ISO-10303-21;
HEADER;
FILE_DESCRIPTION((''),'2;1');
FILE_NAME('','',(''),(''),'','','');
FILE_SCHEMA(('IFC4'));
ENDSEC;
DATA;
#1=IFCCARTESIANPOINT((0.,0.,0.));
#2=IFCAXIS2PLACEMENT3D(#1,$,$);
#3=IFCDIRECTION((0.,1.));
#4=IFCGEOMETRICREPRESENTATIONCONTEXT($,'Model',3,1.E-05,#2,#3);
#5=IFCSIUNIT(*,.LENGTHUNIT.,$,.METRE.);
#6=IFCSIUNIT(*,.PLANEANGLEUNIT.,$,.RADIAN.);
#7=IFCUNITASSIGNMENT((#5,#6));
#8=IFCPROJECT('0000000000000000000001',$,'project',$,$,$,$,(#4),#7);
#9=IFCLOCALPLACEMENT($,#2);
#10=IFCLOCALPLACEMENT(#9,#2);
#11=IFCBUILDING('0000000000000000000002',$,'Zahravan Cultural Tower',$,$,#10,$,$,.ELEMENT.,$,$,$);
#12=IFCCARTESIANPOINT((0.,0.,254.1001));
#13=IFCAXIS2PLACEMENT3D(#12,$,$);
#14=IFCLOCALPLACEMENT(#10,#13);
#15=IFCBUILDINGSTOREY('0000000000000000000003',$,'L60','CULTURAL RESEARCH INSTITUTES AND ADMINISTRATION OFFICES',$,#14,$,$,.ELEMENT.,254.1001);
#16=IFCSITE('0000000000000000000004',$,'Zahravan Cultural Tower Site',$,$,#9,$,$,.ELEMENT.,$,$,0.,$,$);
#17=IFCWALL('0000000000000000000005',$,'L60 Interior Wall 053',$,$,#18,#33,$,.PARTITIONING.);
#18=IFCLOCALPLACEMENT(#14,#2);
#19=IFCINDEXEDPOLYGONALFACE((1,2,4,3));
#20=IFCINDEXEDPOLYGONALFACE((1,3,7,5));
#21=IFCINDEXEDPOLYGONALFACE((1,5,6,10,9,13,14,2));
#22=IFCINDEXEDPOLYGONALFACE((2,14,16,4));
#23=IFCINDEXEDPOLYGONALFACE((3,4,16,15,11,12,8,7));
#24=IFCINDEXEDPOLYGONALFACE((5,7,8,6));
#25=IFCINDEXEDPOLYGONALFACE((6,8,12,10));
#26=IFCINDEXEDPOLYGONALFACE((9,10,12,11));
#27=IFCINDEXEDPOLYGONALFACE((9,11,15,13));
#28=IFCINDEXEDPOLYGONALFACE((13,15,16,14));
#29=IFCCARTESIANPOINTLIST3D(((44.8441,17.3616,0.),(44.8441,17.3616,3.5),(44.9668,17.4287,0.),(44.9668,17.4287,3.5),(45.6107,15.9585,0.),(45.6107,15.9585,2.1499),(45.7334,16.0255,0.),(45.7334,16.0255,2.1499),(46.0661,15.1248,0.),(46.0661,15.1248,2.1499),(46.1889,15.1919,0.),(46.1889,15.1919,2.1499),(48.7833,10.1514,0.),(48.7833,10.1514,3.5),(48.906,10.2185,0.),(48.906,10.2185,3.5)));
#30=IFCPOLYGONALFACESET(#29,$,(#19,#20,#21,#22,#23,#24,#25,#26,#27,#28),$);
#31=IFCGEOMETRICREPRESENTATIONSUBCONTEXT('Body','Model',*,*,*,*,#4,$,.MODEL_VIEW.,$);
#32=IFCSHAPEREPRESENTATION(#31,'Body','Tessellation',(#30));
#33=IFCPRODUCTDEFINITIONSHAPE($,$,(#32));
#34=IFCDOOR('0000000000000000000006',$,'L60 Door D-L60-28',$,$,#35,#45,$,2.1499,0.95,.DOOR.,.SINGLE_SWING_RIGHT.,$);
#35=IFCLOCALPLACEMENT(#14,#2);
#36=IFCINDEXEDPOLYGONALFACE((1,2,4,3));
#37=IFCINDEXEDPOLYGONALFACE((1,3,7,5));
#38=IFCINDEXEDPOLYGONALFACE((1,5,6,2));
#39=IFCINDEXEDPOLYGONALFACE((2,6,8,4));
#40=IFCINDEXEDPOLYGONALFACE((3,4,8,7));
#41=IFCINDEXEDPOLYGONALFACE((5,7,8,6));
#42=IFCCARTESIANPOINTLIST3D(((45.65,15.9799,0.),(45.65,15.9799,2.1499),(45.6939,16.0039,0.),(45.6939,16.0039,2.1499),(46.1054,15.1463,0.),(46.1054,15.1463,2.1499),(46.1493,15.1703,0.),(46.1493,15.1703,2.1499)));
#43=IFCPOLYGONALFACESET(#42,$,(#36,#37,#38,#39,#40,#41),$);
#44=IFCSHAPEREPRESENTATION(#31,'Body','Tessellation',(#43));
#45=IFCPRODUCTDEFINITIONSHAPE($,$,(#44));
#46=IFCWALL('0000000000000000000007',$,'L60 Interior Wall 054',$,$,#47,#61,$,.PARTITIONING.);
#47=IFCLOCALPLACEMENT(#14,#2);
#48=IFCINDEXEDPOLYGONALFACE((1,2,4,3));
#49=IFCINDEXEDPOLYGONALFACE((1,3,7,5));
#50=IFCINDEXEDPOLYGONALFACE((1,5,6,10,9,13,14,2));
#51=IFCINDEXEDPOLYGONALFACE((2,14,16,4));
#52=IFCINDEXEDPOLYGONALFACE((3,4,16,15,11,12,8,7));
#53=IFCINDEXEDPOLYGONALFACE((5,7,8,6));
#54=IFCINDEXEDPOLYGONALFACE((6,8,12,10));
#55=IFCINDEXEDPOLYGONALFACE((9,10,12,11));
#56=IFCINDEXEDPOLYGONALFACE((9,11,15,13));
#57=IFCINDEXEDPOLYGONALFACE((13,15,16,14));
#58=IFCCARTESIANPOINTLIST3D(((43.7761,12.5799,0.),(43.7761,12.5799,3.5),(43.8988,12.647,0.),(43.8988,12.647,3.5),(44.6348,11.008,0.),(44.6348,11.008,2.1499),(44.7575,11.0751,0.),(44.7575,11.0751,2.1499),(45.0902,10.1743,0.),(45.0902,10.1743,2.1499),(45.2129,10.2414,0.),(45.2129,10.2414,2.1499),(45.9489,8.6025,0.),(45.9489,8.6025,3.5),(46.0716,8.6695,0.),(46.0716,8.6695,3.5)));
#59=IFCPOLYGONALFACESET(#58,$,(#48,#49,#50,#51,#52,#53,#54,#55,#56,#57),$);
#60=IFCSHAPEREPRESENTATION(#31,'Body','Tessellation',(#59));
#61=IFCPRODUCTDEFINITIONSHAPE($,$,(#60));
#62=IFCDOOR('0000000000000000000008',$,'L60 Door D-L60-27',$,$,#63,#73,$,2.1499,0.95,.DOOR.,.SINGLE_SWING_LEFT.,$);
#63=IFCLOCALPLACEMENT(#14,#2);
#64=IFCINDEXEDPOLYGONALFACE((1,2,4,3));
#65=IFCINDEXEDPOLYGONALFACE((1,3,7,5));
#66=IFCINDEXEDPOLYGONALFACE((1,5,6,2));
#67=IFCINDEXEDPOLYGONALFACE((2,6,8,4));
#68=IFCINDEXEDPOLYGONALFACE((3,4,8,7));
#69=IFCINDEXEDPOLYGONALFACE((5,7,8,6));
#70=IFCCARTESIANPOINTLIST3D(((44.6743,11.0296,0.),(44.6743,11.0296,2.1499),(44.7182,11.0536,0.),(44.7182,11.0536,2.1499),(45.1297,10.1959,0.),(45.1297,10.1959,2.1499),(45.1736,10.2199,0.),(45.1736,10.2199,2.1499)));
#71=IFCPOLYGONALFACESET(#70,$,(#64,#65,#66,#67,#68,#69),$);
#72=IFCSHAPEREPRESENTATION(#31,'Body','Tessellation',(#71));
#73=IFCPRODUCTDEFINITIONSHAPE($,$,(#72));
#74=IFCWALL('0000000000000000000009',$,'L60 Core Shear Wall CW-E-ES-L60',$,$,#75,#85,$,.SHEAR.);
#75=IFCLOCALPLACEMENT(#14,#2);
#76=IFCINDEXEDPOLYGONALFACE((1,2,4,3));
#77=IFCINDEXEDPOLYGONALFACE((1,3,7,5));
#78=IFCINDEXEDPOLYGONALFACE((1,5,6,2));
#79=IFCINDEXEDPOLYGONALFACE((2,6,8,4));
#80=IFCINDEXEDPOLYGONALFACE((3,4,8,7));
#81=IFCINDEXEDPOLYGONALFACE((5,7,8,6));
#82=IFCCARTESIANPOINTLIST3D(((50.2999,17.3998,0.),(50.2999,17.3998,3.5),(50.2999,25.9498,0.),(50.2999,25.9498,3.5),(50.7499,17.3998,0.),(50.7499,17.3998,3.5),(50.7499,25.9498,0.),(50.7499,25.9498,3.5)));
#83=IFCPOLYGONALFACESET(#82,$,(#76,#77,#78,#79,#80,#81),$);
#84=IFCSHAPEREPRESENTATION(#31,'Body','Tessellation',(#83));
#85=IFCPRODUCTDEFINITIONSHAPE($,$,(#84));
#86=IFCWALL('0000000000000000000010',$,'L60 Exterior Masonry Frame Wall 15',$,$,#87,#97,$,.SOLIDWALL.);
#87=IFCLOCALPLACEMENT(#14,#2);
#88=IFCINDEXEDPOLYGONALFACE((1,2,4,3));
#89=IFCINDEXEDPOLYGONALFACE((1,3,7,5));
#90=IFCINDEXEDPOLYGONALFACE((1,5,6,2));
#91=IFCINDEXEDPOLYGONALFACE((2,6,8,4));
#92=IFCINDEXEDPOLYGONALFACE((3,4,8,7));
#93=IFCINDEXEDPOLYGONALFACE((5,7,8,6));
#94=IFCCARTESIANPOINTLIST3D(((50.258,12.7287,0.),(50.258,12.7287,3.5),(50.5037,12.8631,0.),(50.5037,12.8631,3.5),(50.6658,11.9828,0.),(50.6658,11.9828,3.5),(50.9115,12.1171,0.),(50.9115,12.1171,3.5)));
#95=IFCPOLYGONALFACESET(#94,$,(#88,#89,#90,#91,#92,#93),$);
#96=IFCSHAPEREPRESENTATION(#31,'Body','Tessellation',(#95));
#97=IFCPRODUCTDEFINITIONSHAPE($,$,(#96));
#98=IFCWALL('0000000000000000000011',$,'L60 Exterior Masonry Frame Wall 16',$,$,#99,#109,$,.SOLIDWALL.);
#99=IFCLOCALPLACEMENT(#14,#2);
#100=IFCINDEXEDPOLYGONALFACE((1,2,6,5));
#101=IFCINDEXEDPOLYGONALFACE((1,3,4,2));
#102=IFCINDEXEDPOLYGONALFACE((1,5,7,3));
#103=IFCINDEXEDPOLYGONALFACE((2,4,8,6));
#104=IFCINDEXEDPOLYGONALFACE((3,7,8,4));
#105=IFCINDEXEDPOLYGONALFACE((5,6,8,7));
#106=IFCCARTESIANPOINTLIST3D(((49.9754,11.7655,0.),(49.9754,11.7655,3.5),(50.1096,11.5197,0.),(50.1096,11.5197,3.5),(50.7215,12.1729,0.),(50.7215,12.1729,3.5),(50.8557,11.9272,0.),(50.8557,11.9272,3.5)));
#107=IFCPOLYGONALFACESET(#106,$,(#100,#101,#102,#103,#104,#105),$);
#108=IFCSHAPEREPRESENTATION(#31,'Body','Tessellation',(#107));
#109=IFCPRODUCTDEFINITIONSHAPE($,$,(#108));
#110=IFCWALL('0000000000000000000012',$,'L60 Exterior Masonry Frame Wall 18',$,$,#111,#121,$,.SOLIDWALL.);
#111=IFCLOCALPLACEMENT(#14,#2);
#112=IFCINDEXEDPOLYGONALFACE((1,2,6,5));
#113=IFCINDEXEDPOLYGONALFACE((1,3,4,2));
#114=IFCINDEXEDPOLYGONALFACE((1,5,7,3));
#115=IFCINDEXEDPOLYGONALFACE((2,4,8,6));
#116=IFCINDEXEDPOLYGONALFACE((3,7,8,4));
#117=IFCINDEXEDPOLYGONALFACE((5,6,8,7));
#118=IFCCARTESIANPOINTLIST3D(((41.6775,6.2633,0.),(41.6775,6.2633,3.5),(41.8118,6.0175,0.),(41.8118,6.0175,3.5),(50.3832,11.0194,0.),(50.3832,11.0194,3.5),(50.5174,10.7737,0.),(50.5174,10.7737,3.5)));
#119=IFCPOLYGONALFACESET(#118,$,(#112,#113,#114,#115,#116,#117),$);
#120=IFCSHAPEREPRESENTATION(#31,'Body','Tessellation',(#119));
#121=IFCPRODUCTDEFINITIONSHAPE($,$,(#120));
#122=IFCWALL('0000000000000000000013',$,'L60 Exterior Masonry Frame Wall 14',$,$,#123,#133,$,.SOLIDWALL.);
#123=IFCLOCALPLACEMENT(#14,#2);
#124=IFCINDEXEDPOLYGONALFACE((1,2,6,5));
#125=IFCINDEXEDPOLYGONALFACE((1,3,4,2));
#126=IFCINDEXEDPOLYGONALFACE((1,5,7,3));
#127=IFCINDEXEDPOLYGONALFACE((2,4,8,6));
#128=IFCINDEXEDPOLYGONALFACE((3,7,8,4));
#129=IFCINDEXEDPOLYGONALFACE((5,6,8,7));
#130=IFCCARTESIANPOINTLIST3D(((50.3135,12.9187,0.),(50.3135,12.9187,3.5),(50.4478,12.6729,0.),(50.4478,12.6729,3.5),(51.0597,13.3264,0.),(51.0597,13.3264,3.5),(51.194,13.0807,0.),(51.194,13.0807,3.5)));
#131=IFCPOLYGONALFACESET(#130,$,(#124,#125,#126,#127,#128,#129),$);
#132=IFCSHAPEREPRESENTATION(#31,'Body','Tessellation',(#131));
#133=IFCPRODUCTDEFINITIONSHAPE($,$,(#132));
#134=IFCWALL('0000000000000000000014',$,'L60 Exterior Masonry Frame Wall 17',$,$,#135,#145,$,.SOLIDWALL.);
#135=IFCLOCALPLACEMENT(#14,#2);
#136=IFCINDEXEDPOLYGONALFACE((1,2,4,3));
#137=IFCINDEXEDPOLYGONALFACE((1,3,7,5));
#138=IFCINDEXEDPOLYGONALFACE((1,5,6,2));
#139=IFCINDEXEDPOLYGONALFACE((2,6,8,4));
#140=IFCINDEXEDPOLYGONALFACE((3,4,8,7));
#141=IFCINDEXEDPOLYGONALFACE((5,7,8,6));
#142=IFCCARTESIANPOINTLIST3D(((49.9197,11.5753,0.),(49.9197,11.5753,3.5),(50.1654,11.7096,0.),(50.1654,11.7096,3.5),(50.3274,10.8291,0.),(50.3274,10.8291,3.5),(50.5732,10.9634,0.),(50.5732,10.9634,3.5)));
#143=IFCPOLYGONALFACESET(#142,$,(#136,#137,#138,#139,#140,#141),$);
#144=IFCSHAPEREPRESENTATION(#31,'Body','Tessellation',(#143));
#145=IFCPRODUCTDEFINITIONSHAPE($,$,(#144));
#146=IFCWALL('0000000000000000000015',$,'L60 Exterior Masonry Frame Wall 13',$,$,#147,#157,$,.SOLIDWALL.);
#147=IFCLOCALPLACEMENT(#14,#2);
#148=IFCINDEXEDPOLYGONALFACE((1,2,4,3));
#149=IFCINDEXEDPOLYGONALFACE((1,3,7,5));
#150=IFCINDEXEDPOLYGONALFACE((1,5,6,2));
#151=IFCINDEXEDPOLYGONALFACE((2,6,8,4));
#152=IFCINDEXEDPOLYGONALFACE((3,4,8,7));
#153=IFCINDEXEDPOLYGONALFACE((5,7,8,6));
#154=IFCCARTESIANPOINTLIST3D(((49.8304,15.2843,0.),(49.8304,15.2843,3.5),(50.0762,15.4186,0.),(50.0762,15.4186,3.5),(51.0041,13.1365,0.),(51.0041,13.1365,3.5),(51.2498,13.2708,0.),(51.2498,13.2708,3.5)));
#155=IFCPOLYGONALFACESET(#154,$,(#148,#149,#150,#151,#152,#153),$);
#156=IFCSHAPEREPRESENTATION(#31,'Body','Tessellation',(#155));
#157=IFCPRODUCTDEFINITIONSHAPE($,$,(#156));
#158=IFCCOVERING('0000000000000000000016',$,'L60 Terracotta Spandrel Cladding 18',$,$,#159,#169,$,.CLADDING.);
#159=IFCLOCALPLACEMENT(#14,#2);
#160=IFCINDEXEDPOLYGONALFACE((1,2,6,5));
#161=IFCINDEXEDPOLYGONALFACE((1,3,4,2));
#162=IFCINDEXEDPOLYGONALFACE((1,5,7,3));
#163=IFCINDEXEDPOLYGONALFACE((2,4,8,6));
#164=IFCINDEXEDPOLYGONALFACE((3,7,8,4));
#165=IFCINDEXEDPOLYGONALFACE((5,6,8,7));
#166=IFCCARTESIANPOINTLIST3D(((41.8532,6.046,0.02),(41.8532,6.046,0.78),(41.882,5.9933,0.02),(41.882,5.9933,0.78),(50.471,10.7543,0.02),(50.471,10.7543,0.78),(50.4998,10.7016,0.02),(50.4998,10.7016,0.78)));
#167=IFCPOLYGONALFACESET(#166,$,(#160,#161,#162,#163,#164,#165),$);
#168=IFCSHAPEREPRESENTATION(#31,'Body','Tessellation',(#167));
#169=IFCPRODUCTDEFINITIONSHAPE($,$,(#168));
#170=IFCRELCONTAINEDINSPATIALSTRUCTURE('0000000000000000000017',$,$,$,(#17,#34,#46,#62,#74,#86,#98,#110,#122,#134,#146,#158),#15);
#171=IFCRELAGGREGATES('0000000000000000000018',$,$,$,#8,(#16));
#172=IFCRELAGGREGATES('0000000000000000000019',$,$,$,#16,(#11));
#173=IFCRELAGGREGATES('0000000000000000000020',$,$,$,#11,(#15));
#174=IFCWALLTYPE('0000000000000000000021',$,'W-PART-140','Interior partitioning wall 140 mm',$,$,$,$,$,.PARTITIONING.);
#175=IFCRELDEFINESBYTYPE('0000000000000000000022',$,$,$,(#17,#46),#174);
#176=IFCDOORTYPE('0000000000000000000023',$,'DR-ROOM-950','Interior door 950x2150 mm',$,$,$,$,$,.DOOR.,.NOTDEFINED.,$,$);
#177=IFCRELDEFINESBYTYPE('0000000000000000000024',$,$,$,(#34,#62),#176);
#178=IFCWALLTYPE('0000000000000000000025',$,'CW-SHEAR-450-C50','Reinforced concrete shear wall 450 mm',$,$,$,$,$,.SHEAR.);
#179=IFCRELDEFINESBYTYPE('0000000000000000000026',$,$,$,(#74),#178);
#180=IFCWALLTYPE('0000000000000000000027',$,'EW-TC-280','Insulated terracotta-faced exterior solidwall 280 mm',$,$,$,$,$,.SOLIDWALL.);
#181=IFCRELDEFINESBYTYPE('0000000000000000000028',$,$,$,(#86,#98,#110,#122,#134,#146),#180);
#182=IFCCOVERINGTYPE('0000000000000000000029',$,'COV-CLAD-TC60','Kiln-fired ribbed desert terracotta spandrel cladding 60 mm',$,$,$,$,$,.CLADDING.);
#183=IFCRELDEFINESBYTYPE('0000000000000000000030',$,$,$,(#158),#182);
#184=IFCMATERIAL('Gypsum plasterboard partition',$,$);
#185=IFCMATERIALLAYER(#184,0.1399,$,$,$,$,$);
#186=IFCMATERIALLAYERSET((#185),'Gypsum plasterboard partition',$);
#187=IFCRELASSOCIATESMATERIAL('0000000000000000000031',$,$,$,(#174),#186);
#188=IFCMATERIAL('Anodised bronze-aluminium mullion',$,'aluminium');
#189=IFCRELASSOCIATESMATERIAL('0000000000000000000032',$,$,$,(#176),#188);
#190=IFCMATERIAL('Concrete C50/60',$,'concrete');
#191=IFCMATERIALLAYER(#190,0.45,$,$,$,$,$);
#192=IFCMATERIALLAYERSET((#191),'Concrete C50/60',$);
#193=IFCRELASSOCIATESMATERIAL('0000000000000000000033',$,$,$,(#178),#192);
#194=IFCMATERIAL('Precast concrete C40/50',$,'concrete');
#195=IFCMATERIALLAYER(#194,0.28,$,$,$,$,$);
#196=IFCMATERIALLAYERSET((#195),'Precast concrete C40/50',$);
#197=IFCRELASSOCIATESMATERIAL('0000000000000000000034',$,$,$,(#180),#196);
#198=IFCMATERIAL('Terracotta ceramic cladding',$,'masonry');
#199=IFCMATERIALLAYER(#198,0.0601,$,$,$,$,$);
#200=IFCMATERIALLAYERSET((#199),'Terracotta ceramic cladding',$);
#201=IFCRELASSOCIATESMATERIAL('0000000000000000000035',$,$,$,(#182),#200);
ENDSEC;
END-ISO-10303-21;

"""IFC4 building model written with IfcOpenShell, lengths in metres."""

from ifc_helpers import new_model, si_unit, direction, frame, frame_2d, origin, origin_2d, place, context, subcontext, project, spatial, rectangle, extrude, source, transform, mapped, material, layer, layer_set, type_object, element, fill, save


model = new_model("IFC4")

# Units and contexts
model_context = context("Model", 3, precision=1e-05, world=origin(), true_north=direction((0.0, 1.0)))
body_context = subcontext(model_context, "Body", "Model", "MODEL_VIEW")
ifc_project = project(units=[si_unit("LENGTHUNIT", "METRE"), si_unit("PLANEANGLEUNIT", "RADIAN")], contexts=[model_context])

# Site, building, storey
site_placement = place(None, origin())
site = spatial("IfcSite", under=ifc_project, at=site_placement, Name="Zahravan Cultural Tower Site", CompositionType="ELEMENT", RefElevation=0.0)
building_placement = place(site_placement, origin())
building = spatial("IfcBuilding", under=site, at=building_placement, Name="Zahravan Cultural Tower", CompositionType="ELEMENT")
storey_placement = place(building_placement, frame((0.0, 0.0, 254.1001)))
storey = spatial("IfcBuildingStorey", under=building, at=storey_placement, Name="L60", Description="CULTURAL RESEARCH INSTITUTES AND ADMINISTRATION OFFICES", CompositionType="ELEMENT", Elevation=254.1001)

# Walls, openings, doors
ifc_material_1 = material(Name="Gypsum plasterboard partition")
ifc_layer_1 = layer(ifc_material_1, 0.1399)
ifc_layer_set_1 = layer_set([ifc_layer_1], Name="Gypsum plasterboard partition")
wall_type_1 = type_object("IfcWallType", Name="W-PART-140", Description="Interior partitioning wall 140 mm", PredefinedType="PARTITIONING", material=ifc_layer_set_1)
wall_1_placement = place(storey_placement, frame((44.9055, 17.395, 0.0), z_axis=(0.0, 0.0, 1.0), x_axis=(0.47945, -0.877569, 0.0)))
wall_1 = element("IfcWall", 1, at=wall_1_placement, inside=storey, type_object=wall_type_1, Name="L60 Interior Wall 053", PredefinedType="PARTITIONING", context=body_context, shape_type="SweptSolid", body=[
    extrude(rectangle(XDim=8.2161, YDim=0.1399, at=frame_2d((4.1079, 0.0))), origin(), (0.0, 0.0, 1.0), 3.5),
])
opening_1_placement = place(wall_1_placement, frame((1.5986, 0.0, 0.0)))
opening_1 = element("IfcOpeningElement", 2, at=opening_1_placement, cuts=wall_1, PredefinedType="OPENING", context=body_context, shape_type="SweptSolid", body=[
    extrude(rectangle(XDim=0.95, YDim=2.1499, at=frame_2d((0.4751, 1.075))), frame((0.0, 0.0798, 0.0), z_axis=(0.0, -1.0, 0.0), x_axis=(1.0, 0.0, 0.0)), (0.0, 0.0, 1.0), 0.1599),
])
ifc_material_2 = material(Name="Anodised bronze-aluminium mullion", Category="aluminium")
door_type = type_object("IfcDoorType", Name="DR-ROOM-950", Description="Interior door 950x2150 mm", OperationType="NOTDEFINED", PredefinedType="DOOR", material=ifc_material_2)
shared_shape_1 = source(origin(), body_context, "Body", "SweptSolid", [
    extrude(rectangle(XDim=0.95, YDim=2.1499, at=frame_2d((0.4751, 1.075))), frame((0.0, 0.0249, 0.0), z_axis=(0.0, -1.0, 0.0), x_axis=(1.0, 0.0, 0.0)), (0.0, 0.0, 1.0), 0.05),
])
door_1_placement = place(opening_1_placement, origin())
door_1 = element("IfcDoor", 3, at=door_1_placement, inside=storey, type_object=door_type, Name="L60 Door D-L60-28", OperationType="SINGLE_SWING_RIGHT", OverallHeight=2.1499, OverallWidth=0.95, PredefinedType="DOOR", context=body_context, shape_type="MappedRepresentation", body=[
    mapped(shared_shape_1, transform((0.0, 0.0, 0.0), x_axis=(1.0, 0.0, 0.0), y_axis=(0.0, 1.0, 0.0), z_axis=(0.0, 0.0, 1.0), scale=1.0)),
])
fill(opening_1, door_1)
wall_2_placement = place(storey_placement, frame((46.0103, 8.636, 0.0), z_axis=(0.0, 0.0, 1.0), x_axis=(-0.479411, 0.877591, 0.0)))
wall_2 = element("IfcWall", 4, at=wall_2_placement, inside=storey, type_object=wall_type_1, Name="L60 Interior Wall 054", PredefinedType="PARTITIONING", context=body_context, shape_type="SweptSolid", body=[
    extrude(rectangle(XDim=4.5322, YDim=0.1399, at=frame_2d((2.2661, 0.0))), origin(), (0.0, 0.0, 1.0), 3.5),
])
opening_2_placement = place(wall_2_placement, frame((1.791, 0.0, 0.0)))
opening_2 = element("IfcOpeningElement", 5, at=opening_2_placement, cuts=wall_2, PredefinedType="OPENING", context=body_context, shape_type="SweptSolid", body=[
    extrude(rectangle(XDim=0.95, YDim=2.1499, at=frame_2d((0.4751, 1.075))), frame((0.0, 0.0798, 0.0), z_axis=(0.0, -1.0, 0.0), x_axis=(1.0, 0.0, 0.0)), (0.0, 0.0, 1.0), 0.1599),
])
door_2_placement = place(opening_2_placement, origin())
door_2 = element("IfcDoor", 6, at=door_2_placement, inside=storey, type_object=door_type, Name="L60 Door D-L60-27", OperationType="SINGLE_SWING_LEFT", OverallHeight=2.1499, OverallWidth=0.95, PredefinedType="DOOR", context=body_context, shape_type="MappedRepresentation", body=[
    mapped(shared_shape_1, transform((0.0, 0.0, 0.0), x_axis=(1.0, 0.0, 0.0), y_axis=(0.0, 1.0, 0.0), z_axis=(0.0, 0.0, 1.0), scale=1.0)),
])
fill(opening_2, door_2)

# Walls
ifc_material_3 = material(Name="Concrete C50/60", Category="concrete")
ifc_layer_2 = layer(ifc_material_3, 0.45)
ifc_layer_set_2 = layer_set([ifc_layer_2], Name="Concrete C50/60")
wall_type_2 = type_object("IfcWallType", Name="CW-SHEAR-450-C50", Description="Reinforced concrete shear wall 450 mm", PredefinedType="SHEAR", material=ifc_layer_set_2)
shared_shape_2 = source(origin(), body_context, "Body", "SweptSolid", [
    extrude(rectangle(XDim=8.55, YDim=0.45, at=frame_2d((4.2749, 0.0))), origin(), (0.0, 0.0, 1.0), 3.5),
])
wall_3_placement = place(storey_placement, frame((50.5249, 17.3999, 0.0), z_axis=(0.0, 0.0, 1.0), x_axis=(0.0, 1.0, 0.0)))
element("IfcWall", 7, at=wall_3_placement, inside=storey, type_object=wall_type_2, Name="L60 Core Shear Wall CW-E-ES-L60", PredefinedType="SHEAR", context=body_context, shape_type="MappedRepresentation", body=[
    mapped(shared_shape_2, transform((0.0, 0.0, 0.0), x_axis=(1.0, 0.0, 0.0), y_axis=(0.0, 1.0, 0.0), z_axis=(0.0, 0.0, 1.0), scale=1.0)),
])
ifc_material_4 = material(Name="Precast concrete C40/50", Category="concrete")
ifc_layer_3 = layer(ifc_material_4, 0.28)
ifc_layer_set_3 = layer_set([ifc_layer_3], Name="Precast concrete C40/50")
wall_type_3 = type_object("IfcWallType", Name="EW-TC-280", Description="Insulated terracotta-faced exterior solidwall 280 mm", PredefinedType="SOLIDWALL", material=ifc_layer_set_3)
shared_shape_3 = source(origin(), body_context, "Body", "SweptSolid", [
    extrude(rectangle(XDim=0.8501, YDim=0.28, at=frame_2d((0.425, 0.0))), origin(), (0.0, 0.0, 1.0), 3.5),
])
for number, where, z_axis, x_axis, name in (
    (8, (50.3809, 12.7959, 0.0), (0.0, 0.0, 1.0), (0.479657, -0.877456, 0.0), "L60 Exterior Masonry Frame Wall 15"),
    (9, (50.7886, 12.05, 0.0), (0.0, 0.0, 1.0), (-0.877643, -0.479315, 0.0), "L60 Exterior Masonry Frame Wall 16"),
):
    element("IfcWall", number, at=place(storey_placement, frame(where, z_axis=z_axis, x_axis=x_axis)), inside=storey, type_object=wall_type_3, Name=name, PredefinedType="SOLIDWALL", context=body_context, shape_type="MappedRepresentation", body=[
        mapped(shared_shape_3, transform((0.0, 0.0, 0.0), x_axis=(1.0, 0.0, 0.0), y_axis=(0.0, 1.0, 0.0), z_axis=(0.0, 0.0, 1.0), scale=1.0)),
    ])
shared_shape_4 = source(origin(), body_context, "Body", "SweptSolid", [
    extrude(rectangle(XDim=9.9202, YDim=0.28, at=frame_2d((4.96, 0.0))), origin(), (0.0, 0.0, 1.0), 3.5),
])
wall_4_placement = place(storey_placement, frame((50.4502, 10.8965, 0.0), z_axis=(0.0, 0.0, 1.0), x_axis=(-0.877573, -0.479443, 0.0)))
element("IfcWall", 10, at=wall_4_placement, inside=storey, type_object=wall_type_3, Name="L60 Exterior Masonry Frame Wall 18", PredefinedType="SOLIDWALL", context=body_context, shape_type="MappedRepresentation", body=[
    mapped(shared_shape_4, transform((0.0, 0.0, 0.0), x_axis=(1.0, 0.0, 0.0), y_axis=(0.0, 1.0, 0.0), z_axis=(0.0, 0.0, 1.0), scale=1.0)),
])
shared_shape_5 = source(origin(), body_context, "Body", "SweptSolid", [
    extrude(rectangle(XDim=0.8503, YDim=0.28, at=frame_2d((0.4253, 0.0))), origin(), (0.0, 0.0, 1.0), 3.5),
])
for number, where, z_axis, x_axis, name in (
    (11, (51.127, 13.2036, 0.0), (0.0, 0.0, 1.0), (-0.877522, -0.479536, 0.0), "L60 Exterior Masonry Frame Wall 14"),
    (12, (50.0425, 11.6426, 0.0), (0.0, 0.0, 1.0), (0.479536, -0.877522, 0.0), "L60 Exterior Masonry Frame Wall 17"),
):
    element("IfcWall", number, at=place(storey_placement, frame(where, z_axis=z_axis, x_axis=x_axis)), inside=storey, type_object=wall_type_3, Name=name, PredefinedType="SOLIDWALL", context=body_context, shape_type="MappedRepresentation", body=[
        mapped(shared_shape_5, transform((0.0, 0.0, 0.0), x_axis=(1.0, 0.0, 0.0), y_axis=(0.0, 1.0, 0.0), z_axis=(0.0, 0.0, 1.0), scale=1.0)),
    ])
shared_shape_6 = source(origin(), body_context, "Body", "SweptSolid", [
    extrude(rectangle(XDim=2.4475, YDim=0.28, at=frame_2d((1.2236, 0.0))), origin(), (0.0, 0.0, 1.0), 3.5),
])
wall_5_placement = place(storey_placement, frame((49.9534, 15.3513, 0.0), z_axis=(0.0, 0.0, 1.0), x_axis=(0.479516, -0.877533, 0.0)))
element("IfcWall", 13, at=wall_5_placement, inside=storey, type_object=wall_type_3, Name="L60 Exterior Masonry Frame Wall 13", PredefinedType="SOLIDWALL", context=body_context, shape_type="MappedRepresentation", body=[
    mapped(shared_shape_6, transform((0.0, 0.0, 0.0), x_axis=(1.0, 0.0, 0.0), y_axis=(0.0, 1.0, 0.0), z_axis=(0.0, 0.0, 1.0), scale=1.0)),
])

# Covering
ifc_material_5 = material(Name="Terracotta ceramic cladding", Category="masonry")
ifc_layer_4 = layer(ifc_material_5, 0.0601)
ifc_layer_set_4 = layer_set([ifc_layer_4], Name="Terracotta ceramic cladding")
covering_type = type_object("IfcCoveringType", Name="COV-CLAD-TC60", Description="Kiln-fired ribbed desert terracotta spandrel cladding 60 mm", PredefinedType="CLADDING", material=ifc_layer_set_4)
shared_shape_7 = source(origin(), body_context, "Body", "SweptSolid", [
    extrude(rectangle(XDim=9.8201, YDim=0.0601, at=origin_2d()), origin(), (0.0, 0.0, 1.0), 0.76),
])
covering_1_placement = place(storey_placement, frame((46.1765, 8.3738, 0.02), z_axis=(0.0, 0.0, 1.0), x_axis=(-0.877565, -0.479458, 0.0)))
element("IfcCovering", 14, at=covering_1_placement, inside=storey, type_object=covering_type, Name="L60 Terracotta Spandrel Cladding 18", PredefinedType="CLADDING", context=body_context, shape_type="MappedRepresentation", body=[
    mapped(shared_shape_7, transform((0.0, 0.0, 0.0), x_axis=(1.0, 0.0, 0.0), y_axis=(0.0, 1.0, 0.0), z_axis=(0.0, 0.0, 1.0), scale=1.0)),
])

save(model, "model.ifc")
